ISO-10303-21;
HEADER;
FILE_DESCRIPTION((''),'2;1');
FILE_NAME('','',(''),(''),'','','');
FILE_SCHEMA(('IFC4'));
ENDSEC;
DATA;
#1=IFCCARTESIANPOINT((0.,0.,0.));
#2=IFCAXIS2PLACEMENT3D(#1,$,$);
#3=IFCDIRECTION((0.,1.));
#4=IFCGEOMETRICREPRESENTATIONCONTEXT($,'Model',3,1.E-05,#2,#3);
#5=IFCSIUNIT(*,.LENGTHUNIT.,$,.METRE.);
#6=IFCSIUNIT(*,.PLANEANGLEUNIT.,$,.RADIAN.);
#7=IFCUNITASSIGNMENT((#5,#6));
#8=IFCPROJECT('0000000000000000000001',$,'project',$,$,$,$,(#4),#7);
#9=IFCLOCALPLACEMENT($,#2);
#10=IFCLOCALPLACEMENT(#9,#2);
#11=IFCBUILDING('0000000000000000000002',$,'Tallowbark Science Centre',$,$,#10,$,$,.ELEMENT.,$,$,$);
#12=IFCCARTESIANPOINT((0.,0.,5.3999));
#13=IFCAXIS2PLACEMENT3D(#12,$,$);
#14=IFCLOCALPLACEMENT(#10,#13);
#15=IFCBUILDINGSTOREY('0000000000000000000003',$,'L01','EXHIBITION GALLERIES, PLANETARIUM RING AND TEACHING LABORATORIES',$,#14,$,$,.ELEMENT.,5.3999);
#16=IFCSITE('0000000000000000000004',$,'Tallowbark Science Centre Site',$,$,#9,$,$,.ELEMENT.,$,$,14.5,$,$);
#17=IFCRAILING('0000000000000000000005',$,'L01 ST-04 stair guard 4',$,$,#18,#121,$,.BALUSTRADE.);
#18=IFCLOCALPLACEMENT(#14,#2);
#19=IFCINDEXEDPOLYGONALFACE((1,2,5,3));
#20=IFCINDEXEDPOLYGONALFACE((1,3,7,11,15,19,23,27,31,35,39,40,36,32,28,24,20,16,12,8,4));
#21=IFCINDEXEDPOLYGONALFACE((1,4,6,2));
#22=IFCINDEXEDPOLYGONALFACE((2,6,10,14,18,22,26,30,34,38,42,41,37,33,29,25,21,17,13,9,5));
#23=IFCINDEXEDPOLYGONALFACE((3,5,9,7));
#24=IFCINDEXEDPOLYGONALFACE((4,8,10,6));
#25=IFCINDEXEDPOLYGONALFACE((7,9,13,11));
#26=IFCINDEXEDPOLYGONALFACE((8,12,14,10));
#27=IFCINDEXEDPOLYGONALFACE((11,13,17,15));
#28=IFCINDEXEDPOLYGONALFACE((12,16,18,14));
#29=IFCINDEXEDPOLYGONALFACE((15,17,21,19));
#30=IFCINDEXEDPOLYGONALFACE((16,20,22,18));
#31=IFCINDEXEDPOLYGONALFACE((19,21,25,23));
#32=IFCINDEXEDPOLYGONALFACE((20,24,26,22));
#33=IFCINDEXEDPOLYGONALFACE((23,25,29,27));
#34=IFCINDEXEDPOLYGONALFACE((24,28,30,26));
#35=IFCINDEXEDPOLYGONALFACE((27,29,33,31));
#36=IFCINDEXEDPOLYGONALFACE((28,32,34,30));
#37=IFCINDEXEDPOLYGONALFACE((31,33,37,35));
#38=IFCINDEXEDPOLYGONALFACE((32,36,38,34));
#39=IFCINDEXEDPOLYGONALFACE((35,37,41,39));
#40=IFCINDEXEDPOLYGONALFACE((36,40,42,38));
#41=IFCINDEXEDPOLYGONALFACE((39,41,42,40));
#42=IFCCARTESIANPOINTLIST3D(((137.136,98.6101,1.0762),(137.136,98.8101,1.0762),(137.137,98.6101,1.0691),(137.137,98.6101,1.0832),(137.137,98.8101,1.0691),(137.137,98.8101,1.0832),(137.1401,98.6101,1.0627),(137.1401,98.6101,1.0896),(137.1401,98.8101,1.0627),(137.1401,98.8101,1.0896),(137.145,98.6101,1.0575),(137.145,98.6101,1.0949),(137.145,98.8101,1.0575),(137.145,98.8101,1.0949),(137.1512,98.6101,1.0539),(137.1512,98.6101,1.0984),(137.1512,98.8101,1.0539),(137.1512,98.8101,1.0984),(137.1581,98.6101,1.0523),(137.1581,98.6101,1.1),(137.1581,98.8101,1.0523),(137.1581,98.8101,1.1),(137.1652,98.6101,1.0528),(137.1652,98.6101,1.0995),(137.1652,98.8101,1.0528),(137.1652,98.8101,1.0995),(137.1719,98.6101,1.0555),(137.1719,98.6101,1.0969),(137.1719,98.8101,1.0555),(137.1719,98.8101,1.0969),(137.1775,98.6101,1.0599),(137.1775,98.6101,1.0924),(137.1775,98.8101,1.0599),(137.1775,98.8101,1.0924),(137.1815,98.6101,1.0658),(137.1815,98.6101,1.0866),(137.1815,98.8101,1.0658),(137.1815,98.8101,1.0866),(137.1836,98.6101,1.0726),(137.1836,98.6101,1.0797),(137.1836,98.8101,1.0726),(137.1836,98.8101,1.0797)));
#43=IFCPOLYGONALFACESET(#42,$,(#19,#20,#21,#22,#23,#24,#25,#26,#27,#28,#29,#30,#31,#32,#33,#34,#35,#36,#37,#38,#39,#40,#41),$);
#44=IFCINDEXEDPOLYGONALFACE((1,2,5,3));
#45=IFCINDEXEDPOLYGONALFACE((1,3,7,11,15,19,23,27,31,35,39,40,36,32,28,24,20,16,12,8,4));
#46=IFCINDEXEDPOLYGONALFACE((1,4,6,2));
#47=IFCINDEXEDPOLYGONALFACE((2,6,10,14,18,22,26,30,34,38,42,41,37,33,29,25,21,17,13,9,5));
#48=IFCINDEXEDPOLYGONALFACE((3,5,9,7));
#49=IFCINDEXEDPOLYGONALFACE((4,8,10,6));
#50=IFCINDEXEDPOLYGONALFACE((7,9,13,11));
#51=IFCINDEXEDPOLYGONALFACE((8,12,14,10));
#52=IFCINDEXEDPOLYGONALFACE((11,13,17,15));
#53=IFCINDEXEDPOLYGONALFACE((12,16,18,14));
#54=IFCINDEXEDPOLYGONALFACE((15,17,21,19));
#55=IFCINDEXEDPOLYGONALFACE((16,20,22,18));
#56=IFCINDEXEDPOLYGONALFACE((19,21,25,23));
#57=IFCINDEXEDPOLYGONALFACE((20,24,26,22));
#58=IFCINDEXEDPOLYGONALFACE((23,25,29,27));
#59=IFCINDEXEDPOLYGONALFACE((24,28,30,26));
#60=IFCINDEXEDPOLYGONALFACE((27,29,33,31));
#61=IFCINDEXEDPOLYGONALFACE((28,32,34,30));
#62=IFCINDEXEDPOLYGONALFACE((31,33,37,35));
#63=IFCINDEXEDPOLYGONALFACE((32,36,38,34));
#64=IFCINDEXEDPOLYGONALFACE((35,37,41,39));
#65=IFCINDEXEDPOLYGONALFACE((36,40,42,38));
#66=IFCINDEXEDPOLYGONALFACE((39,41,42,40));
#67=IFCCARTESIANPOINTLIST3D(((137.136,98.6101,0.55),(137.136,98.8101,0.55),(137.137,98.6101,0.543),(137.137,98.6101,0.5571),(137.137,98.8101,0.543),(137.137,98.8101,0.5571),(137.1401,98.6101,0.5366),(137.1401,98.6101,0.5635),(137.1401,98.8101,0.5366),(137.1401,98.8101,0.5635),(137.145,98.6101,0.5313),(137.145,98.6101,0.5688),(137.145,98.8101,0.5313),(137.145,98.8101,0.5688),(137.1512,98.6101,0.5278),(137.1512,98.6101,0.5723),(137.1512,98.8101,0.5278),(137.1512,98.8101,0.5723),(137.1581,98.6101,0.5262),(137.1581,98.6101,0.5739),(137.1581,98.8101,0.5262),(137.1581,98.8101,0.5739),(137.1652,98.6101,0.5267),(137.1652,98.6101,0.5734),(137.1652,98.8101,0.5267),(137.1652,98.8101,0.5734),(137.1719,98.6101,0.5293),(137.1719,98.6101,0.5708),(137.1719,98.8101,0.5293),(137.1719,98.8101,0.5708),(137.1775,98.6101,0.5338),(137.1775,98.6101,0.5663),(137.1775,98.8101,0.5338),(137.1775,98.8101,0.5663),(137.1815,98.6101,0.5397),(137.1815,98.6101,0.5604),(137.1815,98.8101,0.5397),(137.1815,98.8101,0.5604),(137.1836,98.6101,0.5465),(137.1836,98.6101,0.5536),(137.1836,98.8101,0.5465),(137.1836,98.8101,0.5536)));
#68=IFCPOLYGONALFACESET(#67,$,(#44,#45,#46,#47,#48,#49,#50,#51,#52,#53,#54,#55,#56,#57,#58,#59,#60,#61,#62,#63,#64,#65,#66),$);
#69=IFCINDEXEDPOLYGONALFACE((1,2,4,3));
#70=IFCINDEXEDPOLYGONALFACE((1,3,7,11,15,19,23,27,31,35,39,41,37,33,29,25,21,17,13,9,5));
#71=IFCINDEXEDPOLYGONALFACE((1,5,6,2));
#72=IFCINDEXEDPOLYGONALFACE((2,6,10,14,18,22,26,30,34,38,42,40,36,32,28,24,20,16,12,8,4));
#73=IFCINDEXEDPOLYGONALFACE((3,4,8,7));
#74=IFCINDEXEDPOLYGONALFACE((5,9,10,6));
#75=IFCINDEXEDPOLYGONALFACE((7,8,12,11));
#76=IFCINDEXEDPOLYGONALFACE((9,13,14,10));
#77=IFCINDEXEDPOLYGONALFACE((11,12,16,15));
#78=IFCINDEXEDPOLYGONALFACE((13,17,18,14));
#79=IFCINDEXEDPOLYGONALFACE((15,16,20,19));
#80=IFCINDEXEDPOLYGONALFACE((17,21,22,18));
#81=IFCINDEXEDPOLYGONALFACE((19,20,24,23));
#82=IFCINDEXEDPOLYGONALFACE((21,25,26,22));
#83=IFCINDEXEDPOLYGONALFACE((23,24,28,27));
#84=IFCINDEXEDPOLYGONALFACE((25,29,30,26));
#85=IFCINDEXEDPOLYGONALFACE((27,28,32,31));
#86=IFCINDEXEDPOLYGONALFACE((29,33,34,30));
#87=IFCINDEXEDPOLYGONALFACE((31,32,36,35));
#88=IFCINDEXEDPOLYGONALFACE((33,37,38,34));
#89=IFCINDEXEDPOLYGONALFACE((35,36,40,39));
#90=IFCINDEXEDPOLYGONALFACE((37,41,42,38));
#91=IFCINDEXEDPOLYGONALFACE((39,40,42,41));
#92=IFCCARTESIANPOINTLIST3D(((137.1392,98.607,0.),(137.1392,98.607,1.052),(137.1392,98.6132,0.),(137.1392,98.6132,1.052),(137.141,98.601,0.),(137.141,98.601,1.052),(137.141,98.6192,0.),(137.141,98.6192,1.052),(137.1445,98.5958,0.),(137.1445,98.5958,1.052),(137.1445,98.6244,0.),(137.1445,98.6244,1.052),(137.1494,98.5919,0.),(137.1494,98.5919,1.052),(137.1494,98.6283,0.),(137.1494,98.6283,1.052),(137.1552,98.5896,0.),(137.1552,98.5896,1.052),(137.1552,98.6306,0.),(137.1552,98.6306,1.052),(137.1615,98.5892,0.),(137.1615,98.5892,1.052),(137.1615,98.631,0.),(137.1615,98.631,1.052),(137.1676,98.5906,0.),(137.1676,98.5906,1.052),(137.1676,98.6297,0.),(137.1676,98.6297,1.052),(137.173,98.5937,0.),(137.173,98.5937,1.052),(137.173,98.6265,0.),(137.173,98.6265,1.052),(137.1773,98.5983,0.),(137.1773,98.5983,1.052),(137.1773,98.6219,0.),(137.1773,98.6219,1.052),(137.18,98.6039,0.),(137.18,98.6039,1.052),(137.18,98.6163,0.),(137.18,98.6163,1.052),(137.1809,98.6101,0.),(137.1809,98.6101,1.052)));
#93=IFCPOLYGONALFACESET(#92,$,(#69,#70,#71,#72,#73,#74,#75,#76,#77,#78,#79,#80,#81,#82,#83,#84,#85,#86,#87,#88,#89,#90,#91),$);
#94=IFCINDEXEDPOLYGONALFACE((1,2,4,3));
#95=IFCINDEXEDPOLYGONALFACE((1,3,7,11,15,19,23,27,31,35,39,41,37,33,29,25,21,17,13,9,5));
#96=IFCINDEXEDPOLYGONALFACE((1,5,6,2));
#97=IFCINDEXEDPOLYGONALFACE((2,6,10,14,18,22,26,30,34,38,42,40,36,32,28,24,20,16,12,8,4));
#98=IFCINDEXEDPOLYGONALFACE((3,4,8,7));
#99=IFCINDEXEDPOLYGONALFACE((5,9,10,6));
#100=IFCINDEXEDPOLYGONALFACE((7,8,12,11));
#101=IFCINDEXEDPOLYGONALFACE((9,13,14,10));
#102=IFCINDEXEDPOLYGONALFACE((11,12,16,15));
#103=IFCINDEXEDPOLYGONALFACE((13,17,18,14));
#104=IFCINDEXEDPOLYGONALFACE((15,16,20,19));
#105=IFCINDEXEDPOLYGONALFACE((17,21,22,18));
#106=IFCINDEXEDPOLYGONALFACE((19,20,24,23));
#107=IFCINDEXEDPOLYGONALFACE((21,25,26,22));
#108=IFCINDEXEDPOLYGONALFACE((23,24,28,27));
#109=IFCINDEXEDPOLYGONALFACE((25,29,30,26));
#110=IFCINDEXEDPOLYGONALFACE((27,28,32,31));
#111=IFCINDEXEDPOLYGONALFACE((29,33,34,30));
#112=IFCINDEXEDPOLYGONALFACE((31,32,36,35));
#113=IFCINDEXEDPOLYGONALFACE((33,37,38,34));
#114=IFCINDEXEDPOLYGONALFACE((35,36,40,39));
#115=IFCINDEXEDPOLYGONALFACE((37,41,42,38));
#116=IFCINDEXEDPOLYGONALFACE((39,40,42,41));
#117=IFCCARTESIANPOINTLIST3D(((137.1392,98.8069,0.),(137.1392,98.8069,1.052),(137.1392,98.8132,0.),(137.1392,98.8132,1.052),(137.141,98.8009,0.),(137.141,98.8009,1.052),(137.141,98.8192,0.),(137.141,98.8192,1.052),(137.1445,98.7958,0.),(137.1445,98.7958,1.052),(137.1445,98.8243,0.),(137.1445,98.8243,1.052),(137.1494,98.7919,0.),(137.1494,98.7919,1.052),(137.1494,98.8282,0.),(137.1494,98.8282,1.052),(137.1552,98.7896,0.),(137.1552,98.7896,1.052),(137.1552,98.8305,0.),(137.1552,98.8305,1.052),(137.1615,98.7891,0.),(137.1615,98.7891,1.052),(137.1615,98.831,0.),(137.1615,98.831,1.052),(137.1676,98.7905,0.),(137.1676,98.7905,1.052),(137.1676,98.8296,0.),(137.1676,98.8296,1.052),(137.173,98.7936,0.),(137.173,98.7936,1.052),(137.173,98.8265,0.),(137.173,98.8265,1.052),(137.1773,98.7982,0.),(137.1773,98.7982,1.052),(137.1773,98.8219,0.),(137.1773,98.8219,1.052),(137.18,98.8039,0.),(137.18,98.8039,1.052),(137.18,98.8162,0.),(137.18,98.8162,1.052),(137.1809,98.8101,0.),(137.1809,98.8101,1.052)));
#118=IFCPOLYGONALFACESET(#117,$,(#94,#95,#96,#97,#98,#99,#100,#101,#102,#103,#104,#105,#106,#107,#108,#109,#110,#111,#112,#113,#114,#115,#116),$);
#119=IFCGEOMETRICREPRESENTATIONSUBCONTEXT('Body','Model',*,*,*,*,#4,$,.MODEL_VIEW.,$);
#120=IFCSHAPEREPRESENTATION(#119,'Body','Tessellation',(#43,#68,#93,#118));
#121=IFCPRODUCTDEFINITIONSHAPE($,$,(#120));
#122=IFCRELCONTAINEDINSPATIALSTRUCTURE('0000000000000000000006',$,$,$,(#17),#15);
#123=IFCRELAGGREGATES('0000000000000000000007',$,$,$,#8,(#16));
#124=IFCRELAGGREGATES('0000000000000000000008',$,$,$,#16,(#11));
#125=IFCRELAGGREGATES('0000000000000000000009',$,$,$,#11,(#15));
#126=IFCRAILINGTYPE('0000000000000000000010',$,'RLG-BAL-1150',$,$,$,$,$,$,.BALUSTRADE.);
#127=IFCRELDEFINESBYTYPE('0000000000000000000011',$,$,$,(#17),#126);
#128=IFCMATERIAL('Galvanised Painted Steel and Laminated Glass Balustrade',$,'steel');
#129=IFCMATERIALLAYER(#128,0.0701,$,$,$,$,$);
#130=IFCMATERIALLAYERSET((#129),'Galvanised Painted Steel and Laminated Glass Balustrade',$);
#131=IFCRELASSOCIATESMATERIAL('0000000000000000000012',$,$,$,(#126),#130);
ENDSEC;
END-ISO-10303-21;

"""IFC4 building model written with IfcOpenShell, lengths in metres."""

from ifc_helpers import new_model, si_unit, direction, frame, origin, origin_2d, place, context, subcontext, project, spatial, circle, extrude, material, layer, layer_set, type_object, element, save


model = new_model("IFC4")

# Units and contexts
model_context = context("Model", 3, precision=1e-05, world=origin(), true_north=direction((0.0, 1.0)))
body_context = subcontext(model_context, "Body", "Model", "MODEL_VIEW")
ifc_project = project(units=[si_unit("LENGTHUNIT", "METRE"), si_unit("PLANEANGLEUNIT", "RADIAN")], contexts=[model_context])

# Site, building, storey
site_placement = place(None, origin())
site = spatial("IfcSite", under=ifc_project, at=site_placement, Name="Tallowbark Science Centre Site", CompositionType="ELEMENT", RefElevation=14.5)
building_placement = place(site_placement, origin())
building = spatial("IfcBuilding", under=site, at=building_placement, Name="Tallowbark Science Centre", CompositionType="ELEMENT")
storey_placement = place(building_placement, frame((0.0, 0.0, 5.3999)))
storey = spatial("IfcBuildingStorey", under=building, at=storey_placement, Name="L01", Description="EXHIBITION GALLERIES, PLANETARIUM RING AND TEACHING LABORATORIES", CompositionType="ELEMENT", Elevation=5.3999)

# Railing
ifc_material_1 = material(Name="Galvanised Painted Steel and Laminated Glass Balustrade", Category="steel")
ifc_layer_1 = layer(ifc_material_1, 0.0701)
ifc_layer_set_1 = layer_set([ifc_layer_1], Name="Galvanised Painted Steel and Laminated Glass Balustrade")
railing_type_1 = type_object("IfcRailingType", Name="RLG-BAL-1150", PredefinedType="BALUSTRADE", material=ifc_layer_set_1)
railing_1_placement = place(storey_placement, frame((137.1599, 98.6101, 0.0)))
element("IfcRailing", 1, at=railing_1_placement, inside=storey, type_object=railing_type_1, Name="L01 ST-04 stair guard 4", PredefinedType="BALUSTRADE", context=body_context, shape_type="SweptSolid", body=[
    extrude(circle(Radius=0.0239, at=origin_2d()), frame((0.0, 0.0, 1.0762), z_axis=(0.0, 1.0, 0.0), x_axis=(-1.0, 0.0, 0.0)), (0.0, 0.0, 1.0), 0.2),
    extrude(circle(Radius=0.0239, at=origin_2d()), frame((0.0, 0.0, 0.55), z_axis=(0.0, 1.0, 0.0), x_axis=(-1.0, 0.0, 0.0)), (0.0, 0.0, 1.0), 0.2),
    extrude(circle(Radius=0.021, at=origin_2d()), origin(), (0.0, 0.0, 1.0), 1.052),
    extrude(circle(Radius=0.021, at=origin_2d()), frame((0.0, 0.2, 0.0)), (0.0, 0.0, 1.0), 1.052),
])

save(model, "model.ifc")
